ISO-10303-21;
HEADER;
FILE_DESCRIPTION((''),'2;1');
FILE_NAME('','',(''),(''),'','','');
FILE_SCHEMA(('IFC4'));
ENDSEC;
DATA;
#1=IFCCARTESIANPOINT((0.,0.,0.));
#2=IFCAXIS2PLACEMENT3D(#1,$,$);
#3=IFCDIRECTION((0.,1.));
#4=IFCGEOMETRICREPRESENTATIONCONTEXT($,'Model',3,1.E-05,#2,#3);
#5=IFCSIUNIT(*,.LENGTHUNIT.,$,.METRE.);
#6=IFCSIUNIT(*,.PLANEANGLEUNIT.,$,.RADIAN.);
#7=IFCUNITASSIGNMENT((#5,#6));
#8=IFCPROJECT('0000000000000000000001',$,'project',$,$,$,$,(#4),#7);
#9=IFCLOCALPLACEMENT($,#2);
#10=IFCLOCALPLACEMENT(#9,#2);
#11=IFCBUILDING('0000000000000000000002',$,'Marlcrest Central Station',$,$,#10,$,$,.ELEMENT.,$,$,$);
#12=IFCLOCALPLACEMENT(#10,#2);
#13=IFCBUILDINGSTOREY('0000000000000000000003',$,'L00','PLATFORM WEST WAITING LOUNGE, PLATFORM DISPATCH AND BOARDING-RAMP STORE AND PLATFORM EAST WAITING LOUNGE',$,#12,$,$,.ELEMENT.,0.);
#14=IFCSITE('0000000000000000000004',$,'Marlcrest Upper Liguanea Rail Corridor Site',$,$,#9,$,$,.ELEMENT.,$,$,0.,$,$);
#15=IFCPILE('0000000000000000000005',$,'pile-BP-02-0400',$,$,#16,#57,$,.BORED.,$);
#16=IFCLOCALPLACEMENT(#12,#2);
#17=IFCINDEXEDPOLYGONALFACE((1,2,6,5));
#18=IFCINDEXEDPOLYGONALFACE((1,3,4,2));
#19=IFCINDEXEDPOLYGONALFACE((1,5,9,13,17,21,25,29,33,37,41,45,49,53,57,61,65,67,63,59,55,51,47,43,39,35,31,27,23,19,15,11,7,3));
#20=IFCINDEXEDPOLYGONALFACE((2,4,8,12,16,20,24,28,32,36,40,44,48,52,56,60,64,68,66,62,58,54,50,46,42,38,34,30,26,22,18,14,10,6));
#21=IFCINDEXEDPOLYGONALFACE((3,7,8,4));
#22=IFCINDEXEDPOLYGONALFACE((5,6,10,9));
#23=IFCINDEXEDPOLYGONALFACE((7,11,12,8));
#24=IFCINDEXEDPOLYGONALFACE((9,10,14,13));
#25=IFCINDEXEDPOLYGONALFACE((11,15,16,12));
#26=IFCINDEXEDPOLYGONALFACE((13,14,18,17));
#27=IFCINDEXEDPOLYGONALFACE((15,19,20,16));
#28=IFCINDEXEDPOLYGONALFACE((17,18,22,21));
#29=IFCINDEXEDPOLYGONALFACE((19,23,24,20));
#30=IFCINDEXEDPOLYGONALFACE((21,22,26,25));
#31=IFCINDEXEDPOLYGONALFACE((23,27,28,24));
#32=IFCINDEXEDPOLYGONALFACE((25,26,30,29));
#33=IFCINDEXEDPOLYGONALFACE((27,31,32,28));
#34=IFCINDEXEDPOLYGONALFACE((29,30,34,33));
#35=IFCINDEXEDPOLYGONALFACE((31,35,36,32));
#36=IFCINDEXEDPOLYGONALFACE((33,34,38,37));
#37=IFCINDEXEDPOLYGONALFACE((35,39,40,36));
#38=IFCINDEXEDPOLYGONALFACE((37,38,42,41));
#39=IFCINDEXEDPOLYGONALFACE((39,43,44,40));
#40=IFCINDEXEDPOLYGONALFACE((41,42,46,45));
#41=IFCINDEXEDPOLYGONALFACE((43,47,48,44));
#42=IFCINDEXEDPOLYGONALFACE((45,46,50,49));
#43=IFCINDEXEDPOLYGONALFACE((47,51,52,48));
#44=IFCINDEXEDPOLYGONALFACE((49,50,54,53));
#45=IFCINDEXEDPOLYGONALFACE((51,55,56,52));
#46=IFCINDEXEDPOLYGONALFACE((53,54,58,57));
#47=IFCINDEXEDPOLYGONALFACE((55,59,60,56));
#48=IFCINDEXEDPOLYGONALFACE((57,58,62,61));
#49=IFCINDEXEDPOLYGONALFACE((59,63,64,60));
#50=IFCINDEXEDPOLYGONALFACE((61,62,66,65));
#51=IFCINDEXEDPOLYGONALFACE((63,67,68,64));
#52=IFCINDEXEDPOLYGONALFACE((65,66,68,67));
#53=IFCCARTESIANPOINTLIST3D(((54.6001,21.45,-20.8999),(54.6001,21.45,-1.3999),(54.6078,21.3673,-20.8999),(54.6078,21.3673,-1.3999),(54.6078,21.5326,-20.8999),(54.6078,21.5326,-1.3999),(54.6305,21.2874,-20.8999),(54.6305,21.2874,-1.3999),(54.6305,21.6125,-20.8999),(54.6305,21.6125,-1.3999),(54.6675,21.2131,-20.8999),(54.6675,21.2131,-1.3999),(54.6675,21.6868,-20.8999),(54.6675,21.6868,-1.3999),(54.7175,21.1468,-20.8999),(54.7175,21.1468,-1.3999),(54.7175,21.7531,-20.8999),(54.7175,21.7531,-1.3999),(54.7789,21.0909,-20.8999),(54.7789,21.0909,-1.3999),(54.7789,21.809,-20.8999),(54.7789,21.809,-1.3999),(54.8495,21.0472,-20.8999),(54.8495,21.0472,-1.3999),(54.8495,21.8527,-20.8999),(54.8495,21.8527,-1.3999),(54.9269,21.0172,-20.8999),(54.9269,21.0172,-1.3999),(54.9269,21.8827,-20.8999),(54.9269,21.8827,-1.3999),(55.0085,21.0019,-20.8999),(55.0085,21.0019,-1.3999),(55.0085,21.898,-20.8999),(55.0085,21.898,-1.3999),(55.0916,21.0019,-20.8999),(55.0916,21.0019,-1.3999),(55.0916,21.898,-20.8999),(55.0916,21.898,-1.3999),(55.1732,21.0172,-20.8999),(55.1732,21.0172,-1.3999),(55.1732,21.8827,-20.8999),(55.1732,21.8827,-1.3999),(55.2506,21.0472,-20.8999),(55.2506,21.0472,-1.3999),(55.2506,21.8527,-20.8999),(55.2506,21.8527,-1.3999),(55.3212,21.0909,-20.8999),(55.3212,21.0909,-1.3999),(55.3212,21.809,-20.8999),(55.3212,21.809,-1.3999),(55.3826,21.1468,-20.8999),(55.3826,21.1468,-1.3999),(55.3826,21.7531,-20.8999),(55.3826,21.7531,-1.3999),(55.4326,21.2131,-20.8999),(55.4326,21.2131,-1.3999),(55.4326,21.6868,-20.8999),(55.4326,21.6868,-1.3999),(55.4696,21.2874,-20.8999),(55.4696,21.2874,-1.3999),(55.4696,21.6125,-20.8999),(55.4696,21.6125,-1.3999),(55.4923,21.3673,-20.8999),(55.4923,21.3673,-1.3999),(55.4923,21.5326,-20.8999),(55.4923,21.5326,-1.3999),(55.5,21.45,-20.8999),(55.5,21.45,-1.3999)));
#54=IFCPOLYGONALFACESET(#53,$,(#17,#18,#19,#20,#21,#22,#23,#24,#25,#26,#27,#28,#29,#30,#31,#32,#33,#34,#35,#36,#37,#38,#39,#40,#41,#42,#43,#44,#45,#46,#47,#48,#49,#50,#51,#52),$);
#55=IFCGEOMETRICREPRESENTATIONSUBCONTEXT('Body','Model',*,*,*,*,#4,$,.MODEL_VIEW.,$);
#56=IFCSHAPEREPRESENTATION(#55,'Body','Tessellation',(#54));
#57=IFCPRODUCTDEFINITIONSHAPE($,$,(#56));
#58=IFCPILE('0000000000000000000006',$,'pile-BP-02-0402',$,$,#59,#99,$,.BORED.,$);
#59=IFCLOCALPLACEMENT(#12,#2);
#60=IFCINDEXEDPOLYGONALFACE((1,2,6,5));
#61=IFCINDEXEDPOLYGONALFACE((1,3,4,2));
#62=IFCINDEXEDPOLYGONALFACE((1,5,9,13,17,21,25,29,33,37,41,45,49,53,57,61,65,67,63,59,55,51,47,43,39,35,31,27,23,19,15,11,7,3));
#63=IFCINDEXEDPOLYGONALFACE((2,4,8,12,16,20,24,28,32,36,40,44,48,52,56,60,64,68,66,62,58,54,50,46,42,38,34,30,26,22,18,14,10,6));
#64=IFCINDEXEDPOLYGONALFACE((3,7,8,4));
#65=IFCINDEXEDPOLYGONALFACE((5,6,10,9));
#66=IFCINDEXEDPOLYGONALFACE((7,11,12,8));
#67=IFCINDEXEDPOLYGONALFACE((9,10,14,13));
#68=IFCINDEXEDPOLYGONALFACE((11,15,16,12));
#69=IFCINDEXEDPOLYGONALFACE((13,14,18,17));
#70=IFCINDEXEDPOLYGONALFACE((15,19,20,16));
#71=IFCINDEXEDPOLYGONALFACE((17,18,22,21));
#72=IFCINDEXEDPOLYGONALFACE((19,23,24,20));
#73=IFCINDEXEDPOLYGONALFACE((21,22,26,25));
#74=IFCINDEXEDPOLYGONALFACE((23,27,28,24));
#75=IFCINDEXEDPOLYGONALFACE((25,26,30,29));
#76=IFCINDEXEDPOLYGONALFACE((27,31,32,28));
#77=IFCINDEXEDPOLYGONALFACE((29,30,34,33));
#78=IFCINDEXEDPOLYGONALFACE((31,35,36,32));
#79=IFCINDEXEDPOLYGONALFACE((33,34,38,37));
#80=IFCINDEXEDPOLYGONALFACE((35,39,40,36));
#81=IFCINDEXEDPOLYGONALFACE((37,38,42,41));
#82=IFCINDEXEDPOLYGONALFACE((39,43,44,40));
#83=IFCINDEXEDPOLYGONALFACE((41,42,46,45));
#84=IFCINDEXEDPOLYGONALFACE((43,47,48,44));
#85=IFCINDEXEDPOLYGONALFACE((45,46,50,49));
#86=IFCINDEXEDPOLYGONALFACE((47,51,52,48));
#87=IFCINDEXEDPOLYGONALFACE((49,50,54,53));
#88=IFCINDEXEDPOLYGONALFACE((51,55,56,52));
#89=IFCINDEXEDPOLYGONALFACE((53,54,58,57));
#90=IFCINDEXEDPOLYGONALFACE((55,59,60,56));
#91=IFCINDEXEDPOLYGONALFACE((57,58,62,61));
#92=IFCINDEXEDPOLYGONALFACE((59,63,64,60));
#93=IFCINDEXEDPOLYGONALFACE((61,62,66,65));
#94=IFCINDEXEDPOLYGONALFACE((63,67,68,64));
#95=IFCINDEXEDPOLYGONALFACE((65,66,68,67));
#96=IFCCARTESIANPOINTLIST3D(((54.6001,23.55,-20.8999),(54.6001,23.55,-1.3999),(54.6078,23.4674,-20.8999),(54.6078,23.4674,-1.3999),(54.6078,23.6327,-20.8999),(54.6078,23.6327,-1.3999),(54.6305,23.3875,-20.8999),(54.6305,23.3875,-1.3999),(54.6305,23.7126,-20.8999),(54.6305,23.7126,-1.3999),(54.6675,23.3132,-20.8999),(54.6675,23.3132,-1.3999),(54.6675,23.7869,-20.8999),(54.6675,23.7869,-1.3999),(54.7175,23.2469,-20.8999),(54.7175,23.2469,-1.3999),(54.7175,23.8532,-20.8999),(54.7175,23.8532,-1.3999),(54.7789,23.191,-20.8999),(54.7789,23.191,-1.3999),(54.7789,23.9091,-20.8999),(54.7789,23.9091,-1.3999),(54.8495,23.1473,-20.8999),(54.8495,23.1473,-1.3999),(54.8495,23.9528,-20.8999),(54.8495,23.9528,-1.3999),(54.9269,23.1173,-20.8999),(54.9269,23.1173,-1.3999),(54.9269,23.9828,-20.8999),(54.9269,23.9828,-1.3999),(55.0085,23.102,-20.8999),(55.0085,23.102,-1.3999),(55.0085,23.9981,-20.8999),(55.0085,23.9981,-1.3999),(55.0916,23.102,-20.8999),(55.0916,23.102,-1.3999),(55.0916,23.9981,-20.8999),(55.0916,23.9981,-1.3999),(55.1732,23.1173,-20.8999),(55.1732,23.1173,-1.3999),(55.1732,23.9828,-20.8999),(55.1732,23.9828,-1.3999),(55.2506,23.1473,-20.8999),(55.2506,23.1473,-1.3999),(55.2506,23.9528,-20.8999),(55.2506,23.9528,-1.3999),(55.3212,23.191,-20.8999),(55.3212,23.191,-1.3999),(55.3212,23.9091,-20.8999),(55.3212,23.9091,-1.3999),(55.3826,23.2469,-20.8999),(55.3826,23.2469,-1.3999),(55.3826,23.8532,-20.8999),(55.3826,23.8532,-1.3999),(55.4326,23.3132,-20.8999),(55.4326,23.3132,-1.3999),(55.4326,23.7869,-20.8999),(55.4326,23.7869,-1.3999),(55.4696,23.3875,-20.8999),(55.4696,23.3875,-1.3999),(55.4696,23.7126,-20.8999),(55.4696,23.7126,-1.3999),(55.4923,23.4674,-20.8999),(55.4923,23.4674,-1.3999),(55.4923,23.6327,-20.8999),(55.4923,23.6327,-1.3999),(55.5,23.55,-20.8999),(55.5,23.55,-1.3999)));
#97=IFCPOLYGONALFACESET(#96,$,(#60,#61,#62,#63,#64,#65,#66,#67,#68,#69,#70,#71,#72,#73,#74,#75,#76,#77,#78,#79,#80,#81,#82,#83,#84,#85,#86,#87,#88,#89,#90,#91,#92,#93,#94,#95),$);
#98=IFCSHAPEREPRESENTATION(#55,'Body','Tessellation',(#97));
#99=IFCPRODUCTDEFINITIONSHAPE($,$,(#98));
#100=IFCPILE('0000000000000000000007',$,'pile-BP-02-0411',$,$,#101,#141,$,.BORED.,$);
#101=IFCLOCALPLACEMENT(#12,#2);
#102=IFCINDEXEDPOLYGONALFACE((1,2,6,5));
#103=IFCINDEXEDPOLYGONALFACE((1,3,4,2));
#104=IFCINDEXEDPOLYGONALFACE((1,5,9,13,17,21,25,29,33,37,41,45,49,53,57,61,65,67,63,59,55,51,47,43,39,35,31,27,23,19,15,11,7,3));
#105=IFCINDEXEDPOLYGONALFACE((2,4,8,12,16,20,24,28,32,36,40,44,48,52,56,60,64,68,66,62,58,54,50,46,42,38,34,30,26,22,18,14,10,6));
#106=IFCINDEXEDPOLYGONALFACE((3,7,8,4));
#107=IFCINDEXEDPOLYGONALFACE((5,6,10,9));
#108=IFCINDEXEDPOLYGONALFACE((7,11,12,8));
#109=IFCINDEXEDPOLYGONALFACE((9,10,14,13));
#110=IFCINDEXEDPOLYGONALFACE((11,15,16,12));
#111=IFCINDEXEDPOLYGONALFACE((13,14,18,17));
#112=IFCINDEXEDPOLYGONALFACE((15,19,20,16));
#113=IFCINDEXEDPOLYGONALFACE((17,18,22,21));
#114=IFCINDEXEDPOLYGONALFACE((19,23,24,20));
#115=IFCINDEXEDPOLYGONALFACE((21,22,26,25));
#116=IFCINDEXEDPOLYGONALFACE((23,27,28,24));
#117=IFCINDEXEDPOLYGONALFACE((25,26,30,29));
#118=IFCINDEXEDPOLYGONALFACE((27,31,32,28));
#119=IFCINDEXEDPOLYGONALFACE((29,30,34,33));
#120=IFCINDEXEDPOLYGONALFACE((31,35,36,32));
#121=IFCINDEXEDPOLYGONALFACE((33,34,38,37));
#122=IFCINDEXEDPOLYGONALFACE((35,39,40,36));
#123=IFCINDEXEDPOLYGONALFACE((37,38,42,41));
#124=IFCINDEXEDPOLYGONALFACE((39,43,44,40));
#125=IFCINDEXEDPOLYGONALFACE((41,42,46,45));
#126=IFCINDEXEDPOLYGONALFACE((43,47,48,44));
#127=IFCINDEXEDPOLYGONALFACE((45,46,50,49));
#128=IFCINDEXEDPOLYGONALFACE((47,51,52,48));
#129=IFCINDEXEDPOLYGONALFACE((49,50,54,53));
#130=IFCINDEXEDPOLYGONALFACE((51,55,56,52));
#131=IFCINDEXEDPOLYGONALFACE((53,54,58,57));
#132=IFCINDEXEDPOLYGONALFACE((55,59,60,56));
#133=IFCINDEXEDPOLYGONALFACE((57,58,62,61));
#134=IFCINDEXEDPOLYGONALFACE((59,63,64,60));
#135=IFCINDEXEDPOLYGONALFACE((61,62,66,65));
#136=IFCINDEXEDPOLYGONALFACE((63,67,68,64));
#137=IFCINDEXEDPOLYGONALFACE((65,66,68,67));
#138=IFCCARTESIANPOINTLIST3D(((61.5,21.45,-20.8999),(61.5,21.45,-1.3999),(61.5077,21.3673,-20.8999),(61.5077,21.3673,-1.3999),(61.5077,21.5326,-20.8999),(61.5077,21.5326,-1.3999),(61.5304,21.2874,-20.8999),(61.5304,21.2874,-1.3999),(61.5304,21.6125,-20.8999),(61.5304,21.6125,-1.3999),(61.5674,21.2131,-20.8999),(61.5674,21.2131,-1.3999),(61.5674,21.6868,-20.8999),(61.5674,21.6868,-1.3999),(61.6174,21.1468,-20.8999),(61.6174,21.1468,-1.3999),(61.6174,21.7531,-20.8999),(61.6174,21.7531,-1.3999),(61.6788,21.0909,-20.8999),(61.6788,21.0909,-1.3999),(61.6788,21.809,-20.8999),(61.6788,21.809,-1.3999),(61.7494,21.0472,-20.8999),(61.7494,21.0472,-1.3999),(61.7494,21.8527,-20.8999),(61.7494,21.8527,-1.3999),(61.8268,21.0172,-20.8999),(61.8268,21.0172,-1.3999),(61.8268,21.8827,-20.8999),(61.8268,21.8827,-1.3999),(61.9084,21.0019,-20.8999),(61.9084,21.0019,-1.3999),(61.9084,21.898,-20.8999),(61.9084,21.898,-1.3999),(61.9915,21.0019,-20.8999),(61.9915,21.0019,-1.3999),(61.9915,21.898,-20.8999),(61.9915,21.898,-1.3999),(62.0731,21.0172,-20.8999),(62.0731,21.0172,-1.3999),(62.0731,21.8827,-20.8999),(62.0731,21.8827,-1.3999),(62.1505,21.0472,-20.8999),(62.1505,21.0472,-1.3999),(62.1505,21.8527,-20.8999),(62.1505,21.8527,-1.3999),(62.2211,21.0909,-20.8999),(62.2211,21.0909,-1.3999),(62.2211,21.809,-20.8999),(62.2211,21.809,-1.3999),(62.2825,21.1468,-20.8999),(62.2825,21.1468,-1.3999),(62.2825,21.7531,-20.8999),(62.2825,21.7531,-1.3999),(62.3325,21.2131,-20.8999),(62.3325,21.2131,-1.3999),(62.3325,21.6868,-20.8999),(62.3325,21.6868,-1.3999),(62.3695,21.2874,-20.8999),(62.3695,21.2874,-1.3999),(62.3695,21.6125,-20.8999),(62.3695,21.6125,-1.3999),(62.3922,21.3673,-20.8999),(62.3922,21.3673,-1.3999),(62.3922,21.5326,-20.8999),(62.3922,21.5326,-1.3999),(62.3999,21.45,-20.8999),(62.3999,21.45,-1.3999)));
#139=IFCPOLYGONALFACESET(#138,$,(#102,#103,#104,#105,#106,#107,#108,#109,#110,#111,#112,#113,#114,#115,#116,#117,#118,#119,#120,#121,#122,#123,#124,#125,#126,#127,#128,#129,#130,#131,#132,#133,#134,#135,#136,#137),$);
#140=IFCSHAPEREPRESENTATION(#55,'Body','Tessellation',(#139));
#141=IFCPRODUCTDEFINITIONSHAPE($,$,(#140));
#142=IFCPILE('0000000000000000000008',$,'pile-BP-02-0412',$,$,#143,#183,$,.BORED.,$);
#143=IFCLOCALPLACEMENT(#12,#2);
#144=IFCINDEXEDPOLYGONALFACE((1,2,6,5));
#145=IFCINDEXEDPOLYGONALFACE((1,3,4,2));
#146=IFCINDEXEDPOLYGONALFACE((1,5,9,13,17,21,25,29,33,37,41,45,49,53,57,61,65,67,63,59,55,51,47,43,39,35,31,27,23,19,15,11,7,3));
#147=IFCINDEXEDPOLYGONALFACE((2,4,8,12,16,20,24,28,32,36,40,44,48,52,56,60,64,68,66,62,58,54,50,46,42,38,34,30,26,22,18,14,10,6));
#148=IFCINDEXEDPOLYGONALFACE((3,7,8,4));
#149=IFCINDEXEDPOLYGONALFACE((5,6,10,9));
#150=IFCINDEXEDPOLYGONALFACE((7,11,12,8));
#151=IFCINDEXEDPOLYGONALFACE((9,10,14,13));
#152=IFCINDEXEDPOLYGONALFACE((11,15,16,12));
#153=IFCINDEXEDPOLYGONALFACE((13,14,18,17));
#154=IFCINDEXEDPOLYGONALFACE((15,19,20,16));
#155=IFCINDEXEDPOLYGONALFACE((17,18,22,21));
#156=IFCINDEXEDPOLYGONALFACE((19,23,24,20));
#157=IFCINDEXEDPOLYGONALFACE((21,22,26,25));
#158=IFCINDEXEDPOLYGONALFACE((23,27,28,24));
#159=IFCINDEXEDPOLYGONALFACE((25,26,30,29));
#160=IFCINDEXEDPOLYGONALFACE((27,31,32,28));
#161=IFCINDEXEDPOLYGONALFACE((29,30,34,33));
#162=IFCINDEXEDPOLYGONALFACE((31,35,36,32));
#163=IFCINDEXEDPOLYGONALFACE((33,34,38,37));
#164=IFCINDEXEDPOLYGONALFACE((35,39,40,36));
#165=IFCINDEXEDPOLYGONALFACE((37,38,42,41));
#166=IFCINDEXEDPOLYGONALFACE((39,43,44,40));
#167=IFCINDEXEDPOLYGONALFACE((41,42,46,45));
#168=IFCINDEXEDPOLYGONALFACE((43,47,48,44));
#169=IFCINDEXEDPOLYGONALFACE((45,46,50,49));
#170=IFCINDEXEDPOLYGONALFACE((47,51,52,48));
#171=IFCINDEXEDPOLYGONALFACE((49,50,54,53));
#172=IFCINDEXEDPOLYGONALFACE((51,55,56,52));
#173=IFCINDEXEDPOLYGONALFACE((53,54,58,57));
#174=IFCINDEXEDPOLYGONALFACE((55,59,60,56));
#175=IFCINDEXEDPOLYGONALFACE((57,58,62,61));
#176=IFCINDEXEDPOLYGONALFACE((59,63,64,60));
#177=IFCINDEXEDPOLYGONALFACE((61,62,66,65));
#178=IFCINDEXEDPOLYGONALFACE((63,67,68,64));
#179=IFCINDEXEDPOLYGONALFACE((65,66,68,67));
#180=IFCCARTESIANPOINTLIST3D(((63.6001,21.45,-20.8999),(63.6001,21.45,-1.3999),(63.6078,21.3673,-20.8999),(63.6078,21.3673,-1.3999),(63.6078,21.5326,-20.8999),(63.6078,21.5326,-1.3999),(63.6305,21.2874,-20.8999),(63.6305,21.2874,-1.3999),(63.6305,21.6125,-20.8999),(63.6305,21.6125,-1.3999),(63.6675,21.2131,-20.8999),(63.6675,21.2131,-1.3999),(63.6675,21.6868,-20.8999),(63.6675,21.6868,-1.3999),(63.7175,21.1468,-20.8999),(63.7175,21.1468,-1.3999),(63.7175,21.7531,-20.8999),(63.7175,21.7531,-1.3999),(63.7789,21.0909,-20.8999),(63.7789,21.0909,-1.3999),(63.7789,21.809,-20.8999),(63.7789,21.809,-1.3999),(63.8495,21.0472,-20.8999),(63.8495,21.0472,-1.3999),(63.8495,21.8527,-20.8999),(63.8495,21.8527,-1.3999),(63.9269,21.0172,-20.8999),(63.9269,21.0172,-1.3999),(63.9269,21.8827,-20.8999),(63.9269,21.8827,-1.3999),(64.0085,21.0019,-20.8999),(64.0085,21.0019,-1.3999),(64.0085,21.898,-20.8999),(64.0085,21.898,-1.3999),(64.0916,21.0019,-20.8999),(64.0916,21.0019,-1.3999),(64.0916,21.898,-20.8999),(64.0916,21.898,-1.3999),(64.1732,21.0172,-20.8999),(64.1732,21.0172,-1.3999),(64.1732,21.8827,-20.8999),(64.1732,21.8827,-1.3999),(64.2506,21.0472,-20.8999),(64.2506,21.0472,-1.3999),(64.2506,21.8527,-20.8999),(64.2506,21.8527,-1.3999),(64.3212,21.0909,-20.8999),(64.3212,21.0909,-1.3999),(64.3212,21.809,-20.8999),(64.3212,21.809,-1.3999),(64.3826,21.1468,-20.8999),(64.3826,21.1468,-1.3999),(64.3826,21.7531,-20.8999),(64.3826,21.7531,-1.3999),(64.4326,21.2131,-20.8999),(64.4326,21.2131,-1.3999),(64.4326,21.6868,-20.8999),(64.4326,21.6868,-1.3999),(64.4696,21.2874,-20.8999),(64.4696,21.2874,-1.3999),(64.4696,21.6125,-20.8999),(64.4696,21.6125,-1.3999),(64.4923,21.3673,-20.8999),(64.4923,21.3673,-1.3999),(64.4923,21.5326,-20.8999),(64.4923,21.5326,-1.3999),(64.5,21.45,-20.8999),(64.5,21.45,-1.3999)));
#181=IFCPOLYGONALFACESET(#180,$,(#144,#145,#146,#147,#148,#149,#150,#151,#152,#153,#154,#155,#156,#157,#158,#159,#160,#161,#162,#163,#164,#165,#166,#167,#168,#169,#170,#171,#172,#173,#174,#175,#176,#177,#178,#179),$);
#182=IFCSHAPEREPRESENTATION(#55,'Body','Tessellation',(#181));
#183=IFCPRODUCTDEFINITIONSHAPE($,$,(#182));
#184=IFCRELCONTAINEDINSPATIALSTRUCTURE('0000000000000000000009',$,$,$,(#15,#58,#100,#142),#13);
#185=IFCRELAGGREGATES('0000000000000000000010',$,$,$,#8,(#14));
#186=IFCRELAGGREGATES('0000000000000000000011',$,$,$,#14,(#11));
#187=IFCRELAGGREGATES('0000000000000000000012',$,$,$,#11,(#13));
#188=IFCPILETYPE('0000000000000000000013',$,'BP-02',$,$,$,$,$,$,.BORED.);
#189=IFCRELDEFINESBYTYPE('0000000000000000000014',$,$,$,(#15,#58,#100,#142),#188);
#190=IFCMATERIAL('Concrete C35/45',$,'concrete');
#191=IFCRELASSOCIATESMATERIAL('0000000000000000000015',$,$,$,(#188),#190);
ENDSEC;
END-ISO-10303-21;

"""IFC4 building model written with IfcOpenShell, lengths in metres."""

from ifc_helpers import new_model, si_unit, direction, frame, origin, origin_2d, place, context, subcontext, project, spatial, circle, extrude, material, material_profile, profile_set, type_object, element, save


model = new_model("IFC4")

# Units and contexts
model_context = context("Model", 3, precision=1e-05, world=origin(), true_north=direction((0.0, 1.0)))
body_context = subcontext(model_context, "Body", "Model", "MODEL_VIEW")
ifc_project = project(units=[si_unit("LENGTHUNIT", "METRE"), si_unit("PLANEANGLEUNIT", "RADIAN")], contexts=[model_context])

# Site, building, storey
site_placement = place(None, origin())
site = spatial("IfcSite", under=ifc_project, at=site_placement, Name="Marlcrest Upper Liguanea Rail Corridor Site", CompositionType="ELEMENT", RefElevation=0.0)
building_placement = place(site_placement, origin())
building = spatial("IfcBuilding", under=site, at=building_placement, Name="Marlcrest Central Station", CompositionType="ELEMENT")
storey_placement = place(building_placement, origin())
storey = spatial("IfcBuildingStorey", under=building, at=storey_placement, Name="L00", Description="PLATFORM WEST WAITING LOUNGE, PLATFORM DISPATCH AND BOARDING-RAMP STORE AND PLATFORM EAST WAITING LOUNGE", CompositionType="ELEMENT", Elevation=0.0)

# Piles
ifc_material_1 = material(Name="Concrete C35/45", Category="concrete")
ifc_material_profile_1 = material_profile(ifc_material_1, circle(Radius=0.45, at=origin_2d()), Name="PILE D900")
ifc_profile_set_1 = profile_set([ifc_material_profile_1], Name="Concrete C35/45")
pile_type = type_object("IfcPileType", Name="BP-02", PredefinedType="BORED", material=ifc_profile_set_1)
for number, where, z_axis, x_axis, name in (
    (1, (55.05, 21.45, -1.3999), (0.0, 0.0, -1.0), (1.0, 0.0, 0.0), "pile-BP-02-0400"),
    (2, (55.05, 23.55, -1.3999), (0.0, 0.0, -1.0), (1.0, 0.0, 0.0), "pile-BP-02-0402"),
    (3, (61.95, 21.45, -1.3999), (0.0, 0.0, -1.0), (1.0, 0.0, 0.0), "pile-BP-02-0411"),
    (4, (64.05, 21.45, -1.3999), (0.0, 0.0, -1.0), (1.0, 0.0, 0.0), "pile-BP-02-0412"),
):
    element("IfcPile", number, at=place(storey_placement, frame(where, z_axis=z_axis, x_axis=x_axis)), inside=storey, type_object=pile_type, Name=name, PredefinedType="BORED", context=body_context, shape_type="SweptSolid", body=[
        extrude(circle(Radius=0.45, at=origin_2d()), origin(), (0.0, 0.0, 1.0), 19.5),
    ])

save(model, "model.ifc")
